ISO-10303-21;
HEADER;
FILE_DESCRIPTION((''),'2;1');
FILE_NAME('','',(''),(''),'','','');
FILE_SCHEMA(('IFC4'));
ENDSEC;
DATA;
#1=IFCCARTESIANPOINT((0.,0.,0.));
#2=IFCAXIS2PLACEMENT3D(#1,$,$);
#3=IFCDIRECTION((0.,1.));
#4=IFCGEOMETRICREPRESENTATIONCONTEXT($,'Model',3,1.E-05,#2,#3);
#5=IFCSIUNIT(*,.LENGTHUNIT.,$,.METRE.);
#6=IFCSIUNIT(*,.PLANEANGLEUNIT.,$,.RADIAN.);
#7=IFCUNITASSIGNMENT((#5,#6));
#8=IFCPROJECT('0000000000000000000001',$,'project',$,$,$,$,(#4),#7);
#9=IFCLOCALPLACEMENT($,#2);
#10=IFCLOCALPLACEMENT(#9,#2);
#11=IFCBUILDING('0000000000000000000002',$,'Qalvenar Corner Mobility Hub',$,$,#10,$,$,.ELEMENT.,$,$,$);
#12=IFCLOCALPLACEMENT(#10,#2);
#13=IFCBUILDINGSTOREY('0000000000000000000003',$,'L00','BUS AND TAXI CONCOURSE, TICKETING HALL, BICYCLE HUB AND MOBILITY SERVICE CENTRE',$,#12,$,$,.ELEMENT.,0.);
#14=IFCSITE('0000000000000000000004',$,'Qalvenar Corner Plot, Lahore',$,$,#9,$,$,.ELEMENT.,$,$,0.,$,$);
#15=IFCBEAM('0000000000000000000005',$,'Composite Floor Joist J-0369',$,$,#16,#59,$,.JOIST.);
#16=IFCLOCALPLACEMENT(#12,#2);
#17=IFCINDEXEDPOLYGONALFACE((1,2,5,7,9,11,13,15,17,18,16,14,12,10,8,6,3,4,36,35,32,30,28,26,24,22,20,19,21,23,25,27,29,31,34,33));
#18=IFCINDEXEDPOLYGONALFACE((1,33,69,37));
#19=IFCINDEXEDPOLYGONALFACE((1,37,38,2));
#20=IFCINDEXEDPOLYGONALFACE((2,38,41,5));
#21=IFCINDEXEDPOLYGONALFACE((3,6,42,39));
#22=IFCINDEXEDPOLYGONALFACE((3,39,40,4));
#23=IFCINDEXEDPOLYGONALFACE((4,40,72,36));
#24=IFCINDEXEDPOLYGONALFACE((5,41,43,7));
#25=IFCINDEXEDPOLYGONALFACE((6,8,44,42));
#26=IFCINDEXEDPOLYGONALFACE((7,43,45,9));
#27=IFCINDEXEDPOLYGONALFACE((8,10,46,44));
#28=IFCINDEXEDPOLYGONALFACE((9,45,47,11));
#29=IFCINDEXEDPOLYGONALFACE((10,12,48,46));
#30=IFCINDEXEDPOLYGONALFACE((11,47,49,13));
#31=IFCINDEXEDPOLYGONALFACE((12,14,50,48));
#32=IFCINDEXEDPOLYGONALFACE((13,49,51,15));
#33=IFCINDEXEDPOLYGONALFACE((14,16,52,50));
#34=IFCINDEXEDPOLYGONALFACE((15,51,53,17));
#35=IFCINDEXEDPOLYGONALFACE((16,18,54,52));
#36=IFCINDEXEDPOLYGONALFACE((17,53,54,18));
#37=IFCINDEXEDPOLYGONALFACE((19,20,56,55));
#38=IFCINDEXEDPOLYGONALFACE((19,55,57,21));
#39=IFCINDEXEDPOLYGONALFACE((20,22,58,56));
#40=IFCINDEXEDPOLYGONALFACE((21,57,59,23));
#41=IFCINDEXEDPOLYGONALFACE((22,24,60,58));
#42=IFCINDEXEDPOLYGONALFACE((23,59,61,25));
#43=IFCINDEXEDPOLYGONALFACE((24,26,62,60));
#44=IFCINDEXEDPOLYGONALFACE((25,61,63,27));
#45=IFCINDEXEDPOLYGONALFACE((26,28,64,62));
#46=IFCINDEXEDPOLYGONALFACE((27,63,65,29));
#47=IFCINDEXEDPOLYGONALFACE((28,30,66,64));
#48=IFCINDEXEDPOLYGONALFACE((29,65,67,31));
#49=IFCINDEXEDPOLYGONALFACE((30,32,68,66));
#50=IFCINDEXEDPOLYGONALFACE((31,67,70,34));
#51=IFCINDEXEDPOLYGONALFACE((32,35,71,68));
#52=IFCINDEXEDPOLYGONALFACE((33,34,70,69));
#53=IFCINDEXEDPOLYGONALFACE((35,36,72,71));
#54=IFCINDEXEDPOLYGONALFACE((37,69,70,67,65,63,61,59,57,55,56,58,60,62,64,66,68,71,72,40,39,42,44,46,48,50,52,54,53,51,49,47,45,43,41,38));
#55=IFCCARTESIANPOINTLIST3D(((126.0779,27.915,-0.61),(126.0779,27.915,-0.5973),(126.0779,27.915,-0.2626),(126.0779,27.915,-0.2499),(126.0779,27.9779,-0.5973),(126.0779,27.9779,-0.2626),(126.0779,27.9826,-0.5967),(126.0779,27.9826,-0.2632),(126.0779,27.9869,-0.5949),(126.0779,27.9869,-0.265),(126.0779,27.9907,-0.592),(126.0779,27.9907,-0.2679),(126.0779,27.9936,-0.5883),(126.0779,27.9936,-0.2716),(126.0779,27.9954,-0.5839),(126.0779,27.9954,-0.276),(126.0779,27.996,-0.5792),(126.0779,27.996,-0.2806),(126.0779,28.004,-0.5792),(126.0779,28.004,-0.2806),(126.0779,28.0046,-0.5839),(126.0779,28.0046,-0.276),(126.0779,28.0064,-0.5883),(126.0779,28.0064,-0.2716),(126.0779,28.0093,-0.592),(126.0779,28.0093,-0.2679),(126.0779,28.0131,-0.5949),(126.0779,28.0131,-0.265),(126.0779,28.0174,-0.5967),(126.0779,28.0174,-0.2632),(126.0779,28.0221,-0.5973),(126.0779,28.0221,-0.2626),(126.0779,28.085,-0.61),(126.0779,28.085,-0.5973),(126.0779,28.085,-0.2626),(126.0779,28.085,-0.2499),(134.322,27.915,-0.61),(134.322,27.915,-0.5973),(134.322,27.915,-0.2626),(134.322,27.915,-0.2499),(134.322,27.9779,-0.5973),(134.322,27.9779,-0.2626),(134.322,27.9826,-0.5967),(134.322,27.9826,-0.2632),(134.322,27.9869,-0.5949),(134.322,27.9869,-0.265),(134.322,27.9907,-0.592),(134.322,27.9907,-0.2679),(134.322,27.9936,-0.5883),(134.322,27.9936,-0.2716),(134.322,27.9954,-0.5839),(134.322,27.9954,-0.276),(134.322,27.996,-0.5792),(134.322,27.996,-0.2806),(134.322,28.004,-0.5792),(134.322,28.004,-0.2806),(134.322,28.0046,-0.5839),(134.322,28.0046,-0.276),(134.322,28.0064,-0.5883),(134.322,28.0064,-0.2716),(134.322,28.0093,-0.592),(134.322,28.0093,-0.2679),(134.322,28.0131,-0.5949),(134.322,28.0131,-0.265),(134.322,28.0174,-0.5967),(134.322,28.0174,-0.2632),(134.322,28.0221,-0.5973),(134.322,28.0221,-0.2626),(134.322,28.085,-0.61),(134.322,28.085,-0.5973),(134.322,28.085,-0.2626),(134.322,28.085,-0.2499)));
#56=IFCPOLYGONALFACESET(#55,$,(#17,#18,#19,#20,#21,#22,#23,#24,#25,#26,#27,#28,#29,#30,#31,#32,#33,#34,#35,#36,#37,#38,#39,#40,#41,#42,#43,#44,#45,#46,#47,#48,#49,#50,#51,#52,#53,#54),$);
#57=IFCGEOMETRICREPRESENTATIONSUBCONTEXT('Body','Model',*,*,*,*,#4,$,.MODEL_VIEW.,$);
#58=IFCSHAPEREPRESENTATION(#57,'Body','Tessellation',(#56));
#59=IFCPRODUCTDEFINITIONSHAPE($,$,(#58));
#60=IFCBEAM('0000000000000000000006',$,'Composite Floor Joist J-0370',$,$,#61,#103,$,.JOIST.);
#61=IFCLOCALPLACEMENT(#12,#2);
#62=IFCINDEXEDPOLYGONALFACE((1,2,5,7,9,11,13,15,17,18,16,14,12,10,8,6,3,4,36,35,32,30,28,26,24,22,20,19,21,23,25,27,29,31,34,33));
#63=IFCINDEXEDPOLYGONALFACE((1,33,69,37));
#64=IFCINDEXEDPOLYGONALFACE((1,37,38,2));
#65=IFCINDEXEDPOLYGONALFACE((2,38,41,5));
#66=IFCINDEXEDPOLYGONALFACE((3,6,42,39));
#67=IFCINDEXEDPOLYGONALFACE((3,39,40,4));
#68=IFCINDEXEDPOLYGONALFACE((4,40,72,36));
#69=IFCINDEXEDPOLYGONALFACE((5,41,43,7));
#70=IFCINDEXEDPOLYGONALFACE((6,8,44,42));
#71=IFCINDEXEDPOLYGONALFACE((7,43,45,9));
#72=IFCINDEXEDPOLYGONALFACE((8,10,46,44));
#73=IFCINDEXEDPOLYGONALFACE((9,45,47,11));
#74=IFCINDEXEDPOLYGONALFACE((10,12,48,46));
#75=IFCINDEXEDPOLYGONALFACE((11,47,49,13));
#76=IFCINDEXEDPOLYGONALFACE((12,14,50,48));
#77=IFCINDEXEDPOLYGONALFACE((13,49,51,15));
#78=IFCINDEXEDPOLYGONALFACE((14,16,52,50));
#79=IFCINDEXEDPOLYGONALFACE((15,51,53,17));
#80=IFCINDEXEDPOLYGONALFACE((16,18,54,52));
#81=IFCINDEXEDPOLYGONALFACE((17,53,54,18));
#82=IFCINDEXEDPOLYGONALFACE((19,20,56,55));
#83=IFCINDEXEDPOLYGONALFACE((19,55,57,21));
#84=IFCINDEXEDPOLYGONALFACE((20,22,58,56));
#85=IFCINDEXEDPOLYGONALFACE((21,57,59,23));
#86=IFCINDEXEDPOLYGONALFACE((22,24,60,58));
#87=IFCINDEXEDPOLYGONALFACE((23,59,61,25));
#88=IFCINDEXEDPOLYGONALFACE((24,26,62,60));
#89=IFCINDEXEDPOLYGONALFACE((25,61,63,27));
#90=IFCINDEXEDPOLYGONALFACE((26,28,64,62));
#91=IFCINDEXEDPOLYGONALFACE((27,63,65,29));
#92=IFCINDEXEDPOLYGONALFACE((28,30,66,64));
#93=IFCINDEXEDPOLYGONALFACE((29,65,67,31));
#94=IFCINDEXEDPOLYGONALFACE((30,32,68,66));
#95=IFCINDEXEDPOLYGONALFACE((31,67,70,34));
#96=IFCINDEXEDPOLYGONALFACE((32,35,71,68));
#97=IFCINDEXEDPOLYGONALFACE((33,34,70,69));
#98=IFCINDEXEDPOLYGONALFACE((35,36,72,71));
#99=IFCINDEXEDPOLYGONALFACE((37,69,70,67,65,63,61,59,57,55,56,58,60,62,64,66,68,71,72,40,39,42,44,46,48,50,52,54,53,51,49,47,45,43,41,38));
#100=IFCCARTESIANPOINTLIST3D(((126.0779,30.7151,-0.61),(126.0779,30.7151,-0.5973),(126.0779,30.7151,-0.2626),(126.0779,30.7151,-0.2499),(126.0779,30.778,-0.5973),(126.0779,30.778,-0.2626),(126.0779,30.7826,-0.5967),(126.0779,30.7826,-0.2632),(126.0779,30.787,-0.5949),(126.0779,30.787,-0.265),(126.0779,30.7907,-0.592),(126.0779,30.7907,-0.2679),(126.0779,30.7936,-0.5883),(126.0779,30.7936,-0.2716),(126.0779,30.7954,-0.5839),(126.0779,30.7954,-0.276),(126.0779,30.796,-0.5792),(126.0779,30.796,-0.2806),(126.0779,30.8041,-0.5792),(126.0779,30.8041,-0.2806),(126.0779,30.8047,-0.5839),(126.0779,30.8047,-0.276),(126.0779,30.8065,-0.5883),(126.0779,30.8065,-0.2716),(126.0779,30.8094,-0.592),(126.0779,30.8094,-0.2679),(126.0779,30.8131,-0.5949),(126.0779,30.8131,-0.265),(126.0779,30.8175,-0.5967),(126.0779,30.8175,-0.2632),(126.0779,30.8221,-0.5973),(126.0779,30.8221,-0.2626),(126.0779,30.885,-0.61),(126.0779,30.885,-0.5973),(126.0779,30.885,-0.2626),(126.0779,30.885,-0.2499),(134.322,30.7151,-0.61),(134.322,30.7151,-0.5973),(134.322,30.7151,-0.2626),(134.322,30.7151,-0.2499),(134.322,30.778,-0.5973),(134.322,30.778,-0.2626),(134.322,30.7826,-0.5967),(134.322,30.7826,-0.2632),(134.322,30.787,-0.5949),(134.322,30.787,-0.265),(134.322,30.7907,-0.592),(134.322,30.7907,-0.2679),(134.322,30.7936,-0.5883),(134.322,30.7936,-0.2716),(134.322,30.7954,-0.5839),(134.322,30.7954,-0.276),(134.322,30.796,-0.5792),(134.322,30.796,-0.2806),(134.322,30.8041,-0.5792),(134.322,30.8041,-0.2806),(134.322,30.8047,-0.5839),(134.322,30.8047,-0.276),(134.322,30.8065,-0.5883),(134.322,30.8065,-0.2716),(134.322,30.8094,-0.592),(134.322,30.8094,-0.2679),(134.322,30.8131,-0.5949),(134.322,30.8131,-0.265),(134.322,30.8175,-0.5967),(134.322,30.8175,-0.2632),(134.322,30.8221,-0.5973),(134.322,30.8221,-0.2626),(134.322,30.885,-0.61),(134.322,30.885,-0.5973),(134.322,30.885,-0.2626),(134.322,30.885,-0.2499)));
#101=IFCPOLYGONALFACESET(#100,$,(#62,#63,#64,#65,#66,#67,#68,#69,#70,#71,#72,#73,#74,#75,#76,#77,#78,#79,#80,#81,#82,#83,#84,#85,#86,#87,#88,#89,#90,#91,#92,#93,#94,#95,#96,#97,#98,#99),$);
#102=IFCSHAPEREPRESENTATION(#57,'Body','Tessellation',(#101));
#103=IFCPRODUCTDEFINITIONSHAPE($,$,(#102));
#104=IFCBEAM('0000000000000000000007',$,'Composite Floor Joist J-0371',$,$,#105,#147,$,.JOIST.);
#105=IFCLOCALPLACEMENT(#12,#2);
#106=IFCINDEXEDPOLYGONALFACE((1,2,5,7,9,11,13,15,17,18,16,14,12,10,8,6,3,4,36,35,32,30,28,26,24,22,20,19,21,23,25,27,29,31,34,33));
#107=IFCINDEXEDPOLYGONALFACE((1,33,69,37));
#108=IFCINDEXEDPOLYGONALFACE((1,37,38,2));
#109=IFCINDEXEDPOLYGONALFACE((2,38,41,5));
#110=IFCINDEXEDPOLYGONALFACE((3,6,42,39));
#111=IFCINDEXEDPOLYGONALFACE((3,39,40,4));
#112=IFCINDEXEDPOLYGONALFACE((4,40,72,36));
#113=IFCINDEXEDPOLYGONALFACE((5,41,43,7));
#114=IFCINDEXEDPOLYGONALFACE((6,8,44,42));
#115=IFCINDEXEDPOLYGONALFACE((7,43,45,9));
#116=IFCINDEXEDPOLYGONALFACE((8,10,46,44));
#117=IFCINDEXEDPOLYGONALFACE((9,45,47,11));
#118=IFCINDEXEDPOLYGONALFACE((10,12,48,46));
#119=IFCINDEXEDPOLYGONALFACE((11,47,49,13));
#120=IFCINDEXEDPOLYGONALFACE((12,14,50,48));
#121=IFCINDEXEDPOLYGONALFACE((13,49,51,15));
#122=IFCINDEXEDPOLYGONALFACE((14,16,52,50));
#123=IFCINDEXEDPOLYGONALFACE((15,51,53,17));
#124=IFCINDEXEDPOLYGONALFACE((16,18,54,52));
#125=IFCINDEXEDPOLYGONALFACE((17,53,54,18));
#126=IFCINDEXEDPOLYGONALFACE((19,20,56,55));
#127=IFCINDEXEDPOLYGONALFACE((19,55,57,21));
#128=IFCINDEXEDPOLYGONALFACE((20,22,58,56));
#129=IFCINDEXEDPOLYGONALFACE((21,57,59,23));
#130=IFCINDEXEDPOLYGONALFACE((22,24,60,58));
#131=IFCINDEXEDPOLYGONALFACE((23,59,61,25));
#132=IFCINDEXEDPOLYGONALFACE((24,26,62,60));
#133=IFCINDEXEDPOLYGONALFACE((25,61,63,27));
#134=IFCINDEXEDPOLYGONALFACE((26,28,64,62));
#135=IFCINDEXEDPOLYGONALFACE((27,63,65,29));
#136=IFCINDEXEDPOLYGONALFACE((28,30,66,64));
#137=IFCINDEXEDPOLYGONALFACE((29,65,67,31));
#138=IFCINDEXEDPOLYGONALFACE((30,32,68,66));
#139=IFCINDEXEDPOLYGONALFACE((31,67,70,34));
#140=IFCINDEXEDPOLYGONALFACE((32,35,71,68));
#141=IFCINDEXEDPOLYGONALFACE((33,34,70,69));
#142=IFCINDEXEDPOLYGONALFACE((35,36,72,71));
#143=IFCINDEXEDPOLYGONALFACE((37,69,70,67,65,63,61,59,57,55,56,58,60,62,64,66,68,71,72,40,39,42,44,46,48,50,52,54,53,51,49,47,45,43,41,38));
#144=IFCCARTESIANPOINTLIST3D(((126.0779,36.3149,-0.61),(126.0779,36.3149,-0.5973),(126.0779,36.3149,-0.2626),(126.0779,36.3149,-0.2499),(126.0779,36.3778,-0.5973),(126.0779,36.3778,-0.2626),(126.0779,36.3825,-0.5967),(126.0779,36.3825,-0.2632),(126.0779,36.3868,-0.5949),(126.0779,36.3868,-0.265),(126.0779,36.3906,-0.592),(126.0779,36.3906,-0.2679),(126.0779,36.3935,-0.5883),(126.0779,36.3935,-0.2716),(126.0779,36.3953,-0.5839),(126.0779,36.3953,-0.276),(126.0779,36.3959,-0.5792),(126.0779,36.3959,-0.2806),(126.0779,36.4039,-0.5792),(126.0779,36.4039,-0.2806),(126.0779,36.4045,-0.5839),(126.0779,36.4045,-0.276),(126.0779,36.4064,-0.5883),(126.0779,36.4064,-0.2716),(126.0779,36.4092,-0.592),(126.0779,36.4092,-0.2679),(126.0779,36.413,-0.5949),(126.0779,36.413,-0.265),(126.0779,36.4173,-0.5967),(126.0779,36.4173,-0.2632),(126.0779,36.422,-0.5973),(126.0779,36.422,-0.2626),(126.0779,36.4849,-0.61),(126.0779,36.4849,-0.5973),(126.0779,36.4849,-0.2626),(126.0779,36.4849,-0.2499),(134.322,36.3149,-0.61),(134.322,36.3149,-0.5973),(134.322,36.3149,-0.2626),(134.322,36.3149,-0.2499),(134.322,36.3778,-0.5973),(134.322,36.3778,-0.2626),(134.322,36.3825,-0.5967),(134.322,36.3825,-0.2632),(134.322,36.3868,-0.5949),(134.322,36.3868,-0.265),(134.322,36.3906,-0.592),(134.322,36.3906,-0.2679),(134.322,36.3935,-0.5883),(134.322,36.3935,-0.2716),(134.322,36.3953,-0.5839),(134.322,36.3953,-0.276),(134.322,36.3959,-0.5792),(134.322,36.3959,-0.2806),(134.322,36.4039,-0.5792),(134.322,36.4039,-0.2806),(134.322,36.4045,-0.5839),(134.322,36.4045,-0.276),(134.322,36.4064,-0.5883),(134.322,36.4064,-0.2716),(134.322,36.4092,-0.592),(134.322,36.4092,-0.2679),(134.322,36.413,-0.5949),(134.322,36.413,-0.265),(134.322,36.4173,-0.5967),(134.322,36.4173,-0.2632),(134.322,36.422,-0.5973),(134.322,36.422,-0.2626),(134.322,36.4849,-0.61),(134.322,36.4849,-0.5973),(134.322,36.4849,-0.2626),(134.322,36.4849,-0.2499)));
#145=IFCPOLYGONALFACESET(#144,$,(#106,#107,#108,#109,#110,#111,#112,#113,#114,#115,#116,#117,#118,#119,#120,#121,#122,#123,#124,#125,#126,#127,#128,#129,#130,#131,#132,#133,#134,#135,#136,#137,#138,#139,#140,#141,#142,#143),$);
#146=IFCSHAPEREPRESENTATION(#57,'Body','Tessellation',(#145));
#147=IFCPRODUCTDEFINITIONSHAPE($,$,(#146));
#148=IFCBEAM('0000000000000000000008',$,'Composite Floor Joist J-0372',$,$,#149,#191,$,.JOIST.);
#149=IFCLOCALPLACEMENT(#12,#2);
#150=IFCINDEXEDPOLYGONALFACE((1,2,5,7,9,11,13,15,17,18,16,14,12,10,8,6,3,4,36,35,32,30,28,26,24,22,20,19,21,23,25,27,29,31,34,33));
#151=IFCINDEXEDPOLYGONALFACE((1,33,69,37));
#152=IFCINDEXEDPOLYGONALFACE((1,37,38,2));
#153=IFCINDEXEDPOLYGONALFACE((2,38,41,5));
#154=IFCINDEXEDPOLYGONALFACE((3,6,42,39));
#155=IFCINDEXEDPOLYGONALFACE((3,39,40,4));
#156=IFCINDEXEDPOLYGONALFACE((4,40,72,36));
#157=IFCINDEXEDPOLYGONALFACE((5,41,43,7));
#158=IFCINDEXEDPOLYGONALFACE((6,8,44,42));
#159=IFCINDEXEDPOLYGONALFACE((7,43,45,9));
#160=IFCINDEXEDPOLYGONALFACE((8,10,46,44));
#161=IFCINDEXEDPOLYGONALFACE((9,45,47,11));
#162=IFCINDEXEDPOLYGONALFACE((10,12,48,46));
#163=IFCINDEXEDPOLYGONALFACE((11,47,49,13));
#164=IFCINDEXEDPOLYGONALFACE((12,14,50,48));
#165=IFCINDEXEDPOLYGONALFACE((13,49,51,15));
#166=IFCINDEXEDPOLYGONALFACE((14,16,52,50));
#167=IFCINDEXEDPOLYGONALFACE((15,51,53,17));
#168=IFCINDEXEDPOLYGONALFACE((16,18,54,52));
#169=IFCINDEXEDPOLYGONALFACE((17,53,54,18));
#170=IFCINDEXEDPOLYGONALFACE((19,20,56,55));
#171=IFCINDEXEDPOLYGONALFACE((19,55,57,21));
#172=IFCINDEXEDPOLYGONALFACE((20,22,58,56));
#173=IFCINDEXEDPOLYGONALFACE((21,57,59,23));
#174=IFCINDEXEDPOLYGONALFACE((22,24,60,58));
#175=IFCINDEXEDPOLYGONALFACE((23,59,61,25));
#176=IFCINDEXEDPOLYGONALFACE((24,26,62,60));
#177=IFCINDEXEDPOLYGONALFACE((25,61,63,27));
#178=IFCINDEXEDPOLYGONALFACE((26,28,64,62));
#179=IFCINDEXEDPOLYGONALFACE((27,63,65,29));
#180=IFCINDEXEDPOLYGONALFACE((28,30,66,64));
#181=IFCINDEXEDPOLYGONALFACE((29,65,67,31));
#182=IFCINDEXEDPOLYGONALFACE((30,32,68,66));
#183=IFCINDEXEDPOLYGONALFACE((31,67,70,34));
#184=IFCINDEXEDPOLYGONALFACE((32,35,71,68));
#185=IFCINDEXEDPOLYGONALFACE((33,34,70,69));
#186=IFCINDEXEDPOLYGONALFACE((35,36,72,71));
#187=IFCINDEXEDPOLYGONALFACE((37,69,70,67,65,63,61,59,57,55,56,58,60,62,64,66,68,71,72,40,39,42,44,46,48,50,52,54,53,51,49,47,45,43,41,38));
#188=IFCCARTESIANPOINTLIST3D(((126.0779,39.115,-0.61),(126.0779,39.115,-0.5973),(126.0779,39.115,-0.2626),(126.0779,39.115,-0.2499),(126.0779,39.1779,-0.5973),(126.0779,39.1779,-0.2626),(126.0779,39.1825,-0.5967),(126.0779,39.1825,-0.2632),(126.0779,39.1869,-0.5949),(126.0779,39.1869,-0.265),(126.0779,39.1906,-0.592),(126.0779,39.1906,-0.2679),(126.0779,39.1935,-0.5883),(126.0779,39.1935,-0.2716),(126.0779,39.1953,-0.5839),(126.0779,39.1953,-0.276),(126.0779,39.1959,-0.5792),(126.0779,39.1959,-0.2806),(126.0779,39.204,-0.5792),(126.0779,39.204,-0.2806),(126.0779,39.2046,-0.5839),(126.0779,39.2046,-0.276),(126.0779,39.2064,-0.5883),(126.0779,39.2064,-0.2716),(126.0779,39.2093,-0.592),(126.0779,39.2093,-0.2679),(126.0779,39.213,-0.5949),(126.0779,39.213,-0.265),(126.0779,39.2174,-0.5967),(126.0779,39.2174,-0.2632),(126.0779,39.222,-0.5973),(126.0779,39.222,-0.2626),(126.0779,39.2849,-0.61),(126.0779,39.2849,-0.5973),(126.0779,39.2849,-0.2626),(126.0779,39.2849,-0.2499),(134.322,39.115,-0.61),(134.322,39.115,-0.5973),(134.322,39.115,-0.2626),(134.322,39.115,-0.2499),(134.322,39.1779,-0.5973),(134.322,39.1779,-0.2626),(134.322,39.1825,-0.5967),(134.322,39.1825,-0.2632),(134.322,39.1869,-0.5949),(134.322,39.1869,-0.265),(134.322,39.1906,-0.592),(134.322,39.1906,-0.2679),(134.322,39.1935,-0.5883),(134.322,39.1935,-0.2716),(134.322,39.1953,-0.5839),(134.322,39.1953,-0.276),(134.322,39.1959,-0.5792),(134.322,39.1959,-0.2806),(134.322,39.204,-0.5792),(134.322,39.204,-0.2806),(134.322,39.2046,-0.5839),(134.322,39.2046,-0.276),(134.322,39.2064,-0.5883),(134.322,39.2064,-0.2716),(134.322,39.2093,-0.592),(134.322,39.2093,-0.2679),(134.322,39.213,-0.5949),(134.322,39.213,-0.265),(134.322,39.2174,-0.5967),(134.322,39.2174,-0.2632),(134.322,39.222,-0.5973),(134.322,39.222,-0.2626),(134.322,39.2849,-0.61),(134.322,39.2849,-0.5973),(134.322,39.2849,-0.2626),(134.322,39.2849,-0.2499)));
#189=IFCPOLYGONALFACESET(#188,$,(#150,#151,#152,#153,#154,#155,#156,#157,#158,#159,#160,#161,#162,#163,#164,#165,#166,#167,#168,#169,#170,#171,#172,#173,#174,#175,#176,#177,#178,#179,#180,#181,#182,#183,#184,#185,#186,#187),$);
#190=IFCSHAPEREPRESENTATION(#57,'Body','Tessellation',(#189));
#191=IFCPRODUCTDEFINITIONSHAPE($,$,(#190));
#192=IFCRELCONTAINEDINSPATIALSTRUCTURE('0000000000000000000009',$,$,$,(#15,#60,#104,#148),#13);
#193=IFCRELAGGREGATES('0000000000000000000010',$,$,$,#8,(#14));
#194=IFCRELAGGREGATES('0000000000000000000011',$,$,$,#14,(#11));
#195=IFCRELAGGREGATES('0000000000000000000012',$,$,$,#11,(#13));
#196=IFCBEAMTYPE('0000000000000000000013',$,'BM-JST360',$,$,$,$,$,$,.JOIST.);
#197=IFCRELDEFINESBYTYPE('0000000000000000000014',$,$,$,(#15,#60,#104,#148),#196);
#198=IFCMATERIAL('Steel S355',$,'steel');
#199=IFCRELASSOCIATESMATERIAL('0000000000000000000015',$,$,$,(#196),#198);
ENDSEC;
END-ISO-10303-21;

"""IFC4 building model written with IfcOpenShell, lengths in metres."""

from ifc_helpers import new_model, si_unit, direction, frame, origin, origin_2d, place, context, subcontext, project, spatial, i_section, extrude, material, material_profile, profile_set, type_object, element, save


model = new_model("IFC4")

# Units and contexts
model_context = context("Model", 3, precision=1e-05, world=origin(), true_north=direction((0.0, 1.0)))
body_context = subcontext(model_context, "Body", "Model", "MODEL_VIEW")
ifc_project = project(units=[si_unit("LENGTHUNIT", "METRE"), si_unit("PLANEANGLEUNIT", "RADIAN")], contexts=[model_context])

# Site, building, storey
site_placement = place(None, origin())
site = spatial("IfcSite", under=ifc_project, at=site_placement, Name="Qalvenar Corner Plot, Lahore", CompositionType="ELEMENT", RefElevation=0.0)
building_placement = place(site_placement, origin())
building = spatial("IfcBuilding", under=site, at=building_placement, Name="Qalvenar Corner Mobility Hub", CompositionType="ELEMENT")
storey_placement = place(building_placement, origin())
storey = spatial("IfcBuildingStorey", under=building, at=storey_placement, Name="L00", Description="BUS AND TAXI CONCOURSE, TICKETING HALL, BICYCLE HUB AND MOBILITY SERVICE CENTRE", CompositionType="ELEMENT", Elevation=0.0)

# Shared definitions
ifc_material_1 = material(Name="Steel S355", Category="steel")

# Beams
ifc_material_profile_1 = material_profile(ifc_material_1, i_section(OverallWidth=0.1699, OverallDepth=0.3601, WebThickness=0.0081, FlangeThickness=0.0127, FilletRadius=0.0181, at=origin_2d()), Name="IPE360")
ifc_profile_set_1 = profile_set([ifc_material_profile_1], Name="Steel S355")
beam_type_1 = type_object("IfcBeamType", Name="BM-JST360", PredefinedType="JOIST", material=ifc_profile_set_1)
for number, where, z_axis, x_axis, name in (
    (1, (126.0779, 28.0, -0.4299), (1.0, 0.0, 0.0), (0.0, 1.0, 0.0), "Composite Floor Joist J-0369"),
    (2, (126.0779, 30.8, -0.4299), (1.0, 0.0, 0.0), (0.0, 1.0, 0.0), "Composite Floor Joist J-0370"),
    (3, (126.0779, 36.3999, -0.4299), (1.0, 0.0, 0.0), (0.0, 1.0, 0.0), "Composite Floor Joist J-0371"),
    (4, (126.0779, 39.2, -0.4299), (1.0, 0.0, 0.0), (0.0, 1.0, 0.0), "Composite Floor Joist J-0372"),
):
    element("IfcBeam", number, at=place(storey_placement, frame(where, z_axis=z_axis, x_axis=x_axis)), inside=storey, type_object=beam_type_1, Name=name, PredefinedType="JOIST", context=body_context, shape_type="SweptSolid", body=[
        extrude(i_section(OverallWidth=0.1699, OverallDepth=0.3601, WebThickness=0.0081, FlangeThickness=0.0127, FilletRadius=0.0181, at=origin_2d()), origin(), (0.0, 0.0, 1.0), 8.2441),
    ])

save(model, "model.ifc")
